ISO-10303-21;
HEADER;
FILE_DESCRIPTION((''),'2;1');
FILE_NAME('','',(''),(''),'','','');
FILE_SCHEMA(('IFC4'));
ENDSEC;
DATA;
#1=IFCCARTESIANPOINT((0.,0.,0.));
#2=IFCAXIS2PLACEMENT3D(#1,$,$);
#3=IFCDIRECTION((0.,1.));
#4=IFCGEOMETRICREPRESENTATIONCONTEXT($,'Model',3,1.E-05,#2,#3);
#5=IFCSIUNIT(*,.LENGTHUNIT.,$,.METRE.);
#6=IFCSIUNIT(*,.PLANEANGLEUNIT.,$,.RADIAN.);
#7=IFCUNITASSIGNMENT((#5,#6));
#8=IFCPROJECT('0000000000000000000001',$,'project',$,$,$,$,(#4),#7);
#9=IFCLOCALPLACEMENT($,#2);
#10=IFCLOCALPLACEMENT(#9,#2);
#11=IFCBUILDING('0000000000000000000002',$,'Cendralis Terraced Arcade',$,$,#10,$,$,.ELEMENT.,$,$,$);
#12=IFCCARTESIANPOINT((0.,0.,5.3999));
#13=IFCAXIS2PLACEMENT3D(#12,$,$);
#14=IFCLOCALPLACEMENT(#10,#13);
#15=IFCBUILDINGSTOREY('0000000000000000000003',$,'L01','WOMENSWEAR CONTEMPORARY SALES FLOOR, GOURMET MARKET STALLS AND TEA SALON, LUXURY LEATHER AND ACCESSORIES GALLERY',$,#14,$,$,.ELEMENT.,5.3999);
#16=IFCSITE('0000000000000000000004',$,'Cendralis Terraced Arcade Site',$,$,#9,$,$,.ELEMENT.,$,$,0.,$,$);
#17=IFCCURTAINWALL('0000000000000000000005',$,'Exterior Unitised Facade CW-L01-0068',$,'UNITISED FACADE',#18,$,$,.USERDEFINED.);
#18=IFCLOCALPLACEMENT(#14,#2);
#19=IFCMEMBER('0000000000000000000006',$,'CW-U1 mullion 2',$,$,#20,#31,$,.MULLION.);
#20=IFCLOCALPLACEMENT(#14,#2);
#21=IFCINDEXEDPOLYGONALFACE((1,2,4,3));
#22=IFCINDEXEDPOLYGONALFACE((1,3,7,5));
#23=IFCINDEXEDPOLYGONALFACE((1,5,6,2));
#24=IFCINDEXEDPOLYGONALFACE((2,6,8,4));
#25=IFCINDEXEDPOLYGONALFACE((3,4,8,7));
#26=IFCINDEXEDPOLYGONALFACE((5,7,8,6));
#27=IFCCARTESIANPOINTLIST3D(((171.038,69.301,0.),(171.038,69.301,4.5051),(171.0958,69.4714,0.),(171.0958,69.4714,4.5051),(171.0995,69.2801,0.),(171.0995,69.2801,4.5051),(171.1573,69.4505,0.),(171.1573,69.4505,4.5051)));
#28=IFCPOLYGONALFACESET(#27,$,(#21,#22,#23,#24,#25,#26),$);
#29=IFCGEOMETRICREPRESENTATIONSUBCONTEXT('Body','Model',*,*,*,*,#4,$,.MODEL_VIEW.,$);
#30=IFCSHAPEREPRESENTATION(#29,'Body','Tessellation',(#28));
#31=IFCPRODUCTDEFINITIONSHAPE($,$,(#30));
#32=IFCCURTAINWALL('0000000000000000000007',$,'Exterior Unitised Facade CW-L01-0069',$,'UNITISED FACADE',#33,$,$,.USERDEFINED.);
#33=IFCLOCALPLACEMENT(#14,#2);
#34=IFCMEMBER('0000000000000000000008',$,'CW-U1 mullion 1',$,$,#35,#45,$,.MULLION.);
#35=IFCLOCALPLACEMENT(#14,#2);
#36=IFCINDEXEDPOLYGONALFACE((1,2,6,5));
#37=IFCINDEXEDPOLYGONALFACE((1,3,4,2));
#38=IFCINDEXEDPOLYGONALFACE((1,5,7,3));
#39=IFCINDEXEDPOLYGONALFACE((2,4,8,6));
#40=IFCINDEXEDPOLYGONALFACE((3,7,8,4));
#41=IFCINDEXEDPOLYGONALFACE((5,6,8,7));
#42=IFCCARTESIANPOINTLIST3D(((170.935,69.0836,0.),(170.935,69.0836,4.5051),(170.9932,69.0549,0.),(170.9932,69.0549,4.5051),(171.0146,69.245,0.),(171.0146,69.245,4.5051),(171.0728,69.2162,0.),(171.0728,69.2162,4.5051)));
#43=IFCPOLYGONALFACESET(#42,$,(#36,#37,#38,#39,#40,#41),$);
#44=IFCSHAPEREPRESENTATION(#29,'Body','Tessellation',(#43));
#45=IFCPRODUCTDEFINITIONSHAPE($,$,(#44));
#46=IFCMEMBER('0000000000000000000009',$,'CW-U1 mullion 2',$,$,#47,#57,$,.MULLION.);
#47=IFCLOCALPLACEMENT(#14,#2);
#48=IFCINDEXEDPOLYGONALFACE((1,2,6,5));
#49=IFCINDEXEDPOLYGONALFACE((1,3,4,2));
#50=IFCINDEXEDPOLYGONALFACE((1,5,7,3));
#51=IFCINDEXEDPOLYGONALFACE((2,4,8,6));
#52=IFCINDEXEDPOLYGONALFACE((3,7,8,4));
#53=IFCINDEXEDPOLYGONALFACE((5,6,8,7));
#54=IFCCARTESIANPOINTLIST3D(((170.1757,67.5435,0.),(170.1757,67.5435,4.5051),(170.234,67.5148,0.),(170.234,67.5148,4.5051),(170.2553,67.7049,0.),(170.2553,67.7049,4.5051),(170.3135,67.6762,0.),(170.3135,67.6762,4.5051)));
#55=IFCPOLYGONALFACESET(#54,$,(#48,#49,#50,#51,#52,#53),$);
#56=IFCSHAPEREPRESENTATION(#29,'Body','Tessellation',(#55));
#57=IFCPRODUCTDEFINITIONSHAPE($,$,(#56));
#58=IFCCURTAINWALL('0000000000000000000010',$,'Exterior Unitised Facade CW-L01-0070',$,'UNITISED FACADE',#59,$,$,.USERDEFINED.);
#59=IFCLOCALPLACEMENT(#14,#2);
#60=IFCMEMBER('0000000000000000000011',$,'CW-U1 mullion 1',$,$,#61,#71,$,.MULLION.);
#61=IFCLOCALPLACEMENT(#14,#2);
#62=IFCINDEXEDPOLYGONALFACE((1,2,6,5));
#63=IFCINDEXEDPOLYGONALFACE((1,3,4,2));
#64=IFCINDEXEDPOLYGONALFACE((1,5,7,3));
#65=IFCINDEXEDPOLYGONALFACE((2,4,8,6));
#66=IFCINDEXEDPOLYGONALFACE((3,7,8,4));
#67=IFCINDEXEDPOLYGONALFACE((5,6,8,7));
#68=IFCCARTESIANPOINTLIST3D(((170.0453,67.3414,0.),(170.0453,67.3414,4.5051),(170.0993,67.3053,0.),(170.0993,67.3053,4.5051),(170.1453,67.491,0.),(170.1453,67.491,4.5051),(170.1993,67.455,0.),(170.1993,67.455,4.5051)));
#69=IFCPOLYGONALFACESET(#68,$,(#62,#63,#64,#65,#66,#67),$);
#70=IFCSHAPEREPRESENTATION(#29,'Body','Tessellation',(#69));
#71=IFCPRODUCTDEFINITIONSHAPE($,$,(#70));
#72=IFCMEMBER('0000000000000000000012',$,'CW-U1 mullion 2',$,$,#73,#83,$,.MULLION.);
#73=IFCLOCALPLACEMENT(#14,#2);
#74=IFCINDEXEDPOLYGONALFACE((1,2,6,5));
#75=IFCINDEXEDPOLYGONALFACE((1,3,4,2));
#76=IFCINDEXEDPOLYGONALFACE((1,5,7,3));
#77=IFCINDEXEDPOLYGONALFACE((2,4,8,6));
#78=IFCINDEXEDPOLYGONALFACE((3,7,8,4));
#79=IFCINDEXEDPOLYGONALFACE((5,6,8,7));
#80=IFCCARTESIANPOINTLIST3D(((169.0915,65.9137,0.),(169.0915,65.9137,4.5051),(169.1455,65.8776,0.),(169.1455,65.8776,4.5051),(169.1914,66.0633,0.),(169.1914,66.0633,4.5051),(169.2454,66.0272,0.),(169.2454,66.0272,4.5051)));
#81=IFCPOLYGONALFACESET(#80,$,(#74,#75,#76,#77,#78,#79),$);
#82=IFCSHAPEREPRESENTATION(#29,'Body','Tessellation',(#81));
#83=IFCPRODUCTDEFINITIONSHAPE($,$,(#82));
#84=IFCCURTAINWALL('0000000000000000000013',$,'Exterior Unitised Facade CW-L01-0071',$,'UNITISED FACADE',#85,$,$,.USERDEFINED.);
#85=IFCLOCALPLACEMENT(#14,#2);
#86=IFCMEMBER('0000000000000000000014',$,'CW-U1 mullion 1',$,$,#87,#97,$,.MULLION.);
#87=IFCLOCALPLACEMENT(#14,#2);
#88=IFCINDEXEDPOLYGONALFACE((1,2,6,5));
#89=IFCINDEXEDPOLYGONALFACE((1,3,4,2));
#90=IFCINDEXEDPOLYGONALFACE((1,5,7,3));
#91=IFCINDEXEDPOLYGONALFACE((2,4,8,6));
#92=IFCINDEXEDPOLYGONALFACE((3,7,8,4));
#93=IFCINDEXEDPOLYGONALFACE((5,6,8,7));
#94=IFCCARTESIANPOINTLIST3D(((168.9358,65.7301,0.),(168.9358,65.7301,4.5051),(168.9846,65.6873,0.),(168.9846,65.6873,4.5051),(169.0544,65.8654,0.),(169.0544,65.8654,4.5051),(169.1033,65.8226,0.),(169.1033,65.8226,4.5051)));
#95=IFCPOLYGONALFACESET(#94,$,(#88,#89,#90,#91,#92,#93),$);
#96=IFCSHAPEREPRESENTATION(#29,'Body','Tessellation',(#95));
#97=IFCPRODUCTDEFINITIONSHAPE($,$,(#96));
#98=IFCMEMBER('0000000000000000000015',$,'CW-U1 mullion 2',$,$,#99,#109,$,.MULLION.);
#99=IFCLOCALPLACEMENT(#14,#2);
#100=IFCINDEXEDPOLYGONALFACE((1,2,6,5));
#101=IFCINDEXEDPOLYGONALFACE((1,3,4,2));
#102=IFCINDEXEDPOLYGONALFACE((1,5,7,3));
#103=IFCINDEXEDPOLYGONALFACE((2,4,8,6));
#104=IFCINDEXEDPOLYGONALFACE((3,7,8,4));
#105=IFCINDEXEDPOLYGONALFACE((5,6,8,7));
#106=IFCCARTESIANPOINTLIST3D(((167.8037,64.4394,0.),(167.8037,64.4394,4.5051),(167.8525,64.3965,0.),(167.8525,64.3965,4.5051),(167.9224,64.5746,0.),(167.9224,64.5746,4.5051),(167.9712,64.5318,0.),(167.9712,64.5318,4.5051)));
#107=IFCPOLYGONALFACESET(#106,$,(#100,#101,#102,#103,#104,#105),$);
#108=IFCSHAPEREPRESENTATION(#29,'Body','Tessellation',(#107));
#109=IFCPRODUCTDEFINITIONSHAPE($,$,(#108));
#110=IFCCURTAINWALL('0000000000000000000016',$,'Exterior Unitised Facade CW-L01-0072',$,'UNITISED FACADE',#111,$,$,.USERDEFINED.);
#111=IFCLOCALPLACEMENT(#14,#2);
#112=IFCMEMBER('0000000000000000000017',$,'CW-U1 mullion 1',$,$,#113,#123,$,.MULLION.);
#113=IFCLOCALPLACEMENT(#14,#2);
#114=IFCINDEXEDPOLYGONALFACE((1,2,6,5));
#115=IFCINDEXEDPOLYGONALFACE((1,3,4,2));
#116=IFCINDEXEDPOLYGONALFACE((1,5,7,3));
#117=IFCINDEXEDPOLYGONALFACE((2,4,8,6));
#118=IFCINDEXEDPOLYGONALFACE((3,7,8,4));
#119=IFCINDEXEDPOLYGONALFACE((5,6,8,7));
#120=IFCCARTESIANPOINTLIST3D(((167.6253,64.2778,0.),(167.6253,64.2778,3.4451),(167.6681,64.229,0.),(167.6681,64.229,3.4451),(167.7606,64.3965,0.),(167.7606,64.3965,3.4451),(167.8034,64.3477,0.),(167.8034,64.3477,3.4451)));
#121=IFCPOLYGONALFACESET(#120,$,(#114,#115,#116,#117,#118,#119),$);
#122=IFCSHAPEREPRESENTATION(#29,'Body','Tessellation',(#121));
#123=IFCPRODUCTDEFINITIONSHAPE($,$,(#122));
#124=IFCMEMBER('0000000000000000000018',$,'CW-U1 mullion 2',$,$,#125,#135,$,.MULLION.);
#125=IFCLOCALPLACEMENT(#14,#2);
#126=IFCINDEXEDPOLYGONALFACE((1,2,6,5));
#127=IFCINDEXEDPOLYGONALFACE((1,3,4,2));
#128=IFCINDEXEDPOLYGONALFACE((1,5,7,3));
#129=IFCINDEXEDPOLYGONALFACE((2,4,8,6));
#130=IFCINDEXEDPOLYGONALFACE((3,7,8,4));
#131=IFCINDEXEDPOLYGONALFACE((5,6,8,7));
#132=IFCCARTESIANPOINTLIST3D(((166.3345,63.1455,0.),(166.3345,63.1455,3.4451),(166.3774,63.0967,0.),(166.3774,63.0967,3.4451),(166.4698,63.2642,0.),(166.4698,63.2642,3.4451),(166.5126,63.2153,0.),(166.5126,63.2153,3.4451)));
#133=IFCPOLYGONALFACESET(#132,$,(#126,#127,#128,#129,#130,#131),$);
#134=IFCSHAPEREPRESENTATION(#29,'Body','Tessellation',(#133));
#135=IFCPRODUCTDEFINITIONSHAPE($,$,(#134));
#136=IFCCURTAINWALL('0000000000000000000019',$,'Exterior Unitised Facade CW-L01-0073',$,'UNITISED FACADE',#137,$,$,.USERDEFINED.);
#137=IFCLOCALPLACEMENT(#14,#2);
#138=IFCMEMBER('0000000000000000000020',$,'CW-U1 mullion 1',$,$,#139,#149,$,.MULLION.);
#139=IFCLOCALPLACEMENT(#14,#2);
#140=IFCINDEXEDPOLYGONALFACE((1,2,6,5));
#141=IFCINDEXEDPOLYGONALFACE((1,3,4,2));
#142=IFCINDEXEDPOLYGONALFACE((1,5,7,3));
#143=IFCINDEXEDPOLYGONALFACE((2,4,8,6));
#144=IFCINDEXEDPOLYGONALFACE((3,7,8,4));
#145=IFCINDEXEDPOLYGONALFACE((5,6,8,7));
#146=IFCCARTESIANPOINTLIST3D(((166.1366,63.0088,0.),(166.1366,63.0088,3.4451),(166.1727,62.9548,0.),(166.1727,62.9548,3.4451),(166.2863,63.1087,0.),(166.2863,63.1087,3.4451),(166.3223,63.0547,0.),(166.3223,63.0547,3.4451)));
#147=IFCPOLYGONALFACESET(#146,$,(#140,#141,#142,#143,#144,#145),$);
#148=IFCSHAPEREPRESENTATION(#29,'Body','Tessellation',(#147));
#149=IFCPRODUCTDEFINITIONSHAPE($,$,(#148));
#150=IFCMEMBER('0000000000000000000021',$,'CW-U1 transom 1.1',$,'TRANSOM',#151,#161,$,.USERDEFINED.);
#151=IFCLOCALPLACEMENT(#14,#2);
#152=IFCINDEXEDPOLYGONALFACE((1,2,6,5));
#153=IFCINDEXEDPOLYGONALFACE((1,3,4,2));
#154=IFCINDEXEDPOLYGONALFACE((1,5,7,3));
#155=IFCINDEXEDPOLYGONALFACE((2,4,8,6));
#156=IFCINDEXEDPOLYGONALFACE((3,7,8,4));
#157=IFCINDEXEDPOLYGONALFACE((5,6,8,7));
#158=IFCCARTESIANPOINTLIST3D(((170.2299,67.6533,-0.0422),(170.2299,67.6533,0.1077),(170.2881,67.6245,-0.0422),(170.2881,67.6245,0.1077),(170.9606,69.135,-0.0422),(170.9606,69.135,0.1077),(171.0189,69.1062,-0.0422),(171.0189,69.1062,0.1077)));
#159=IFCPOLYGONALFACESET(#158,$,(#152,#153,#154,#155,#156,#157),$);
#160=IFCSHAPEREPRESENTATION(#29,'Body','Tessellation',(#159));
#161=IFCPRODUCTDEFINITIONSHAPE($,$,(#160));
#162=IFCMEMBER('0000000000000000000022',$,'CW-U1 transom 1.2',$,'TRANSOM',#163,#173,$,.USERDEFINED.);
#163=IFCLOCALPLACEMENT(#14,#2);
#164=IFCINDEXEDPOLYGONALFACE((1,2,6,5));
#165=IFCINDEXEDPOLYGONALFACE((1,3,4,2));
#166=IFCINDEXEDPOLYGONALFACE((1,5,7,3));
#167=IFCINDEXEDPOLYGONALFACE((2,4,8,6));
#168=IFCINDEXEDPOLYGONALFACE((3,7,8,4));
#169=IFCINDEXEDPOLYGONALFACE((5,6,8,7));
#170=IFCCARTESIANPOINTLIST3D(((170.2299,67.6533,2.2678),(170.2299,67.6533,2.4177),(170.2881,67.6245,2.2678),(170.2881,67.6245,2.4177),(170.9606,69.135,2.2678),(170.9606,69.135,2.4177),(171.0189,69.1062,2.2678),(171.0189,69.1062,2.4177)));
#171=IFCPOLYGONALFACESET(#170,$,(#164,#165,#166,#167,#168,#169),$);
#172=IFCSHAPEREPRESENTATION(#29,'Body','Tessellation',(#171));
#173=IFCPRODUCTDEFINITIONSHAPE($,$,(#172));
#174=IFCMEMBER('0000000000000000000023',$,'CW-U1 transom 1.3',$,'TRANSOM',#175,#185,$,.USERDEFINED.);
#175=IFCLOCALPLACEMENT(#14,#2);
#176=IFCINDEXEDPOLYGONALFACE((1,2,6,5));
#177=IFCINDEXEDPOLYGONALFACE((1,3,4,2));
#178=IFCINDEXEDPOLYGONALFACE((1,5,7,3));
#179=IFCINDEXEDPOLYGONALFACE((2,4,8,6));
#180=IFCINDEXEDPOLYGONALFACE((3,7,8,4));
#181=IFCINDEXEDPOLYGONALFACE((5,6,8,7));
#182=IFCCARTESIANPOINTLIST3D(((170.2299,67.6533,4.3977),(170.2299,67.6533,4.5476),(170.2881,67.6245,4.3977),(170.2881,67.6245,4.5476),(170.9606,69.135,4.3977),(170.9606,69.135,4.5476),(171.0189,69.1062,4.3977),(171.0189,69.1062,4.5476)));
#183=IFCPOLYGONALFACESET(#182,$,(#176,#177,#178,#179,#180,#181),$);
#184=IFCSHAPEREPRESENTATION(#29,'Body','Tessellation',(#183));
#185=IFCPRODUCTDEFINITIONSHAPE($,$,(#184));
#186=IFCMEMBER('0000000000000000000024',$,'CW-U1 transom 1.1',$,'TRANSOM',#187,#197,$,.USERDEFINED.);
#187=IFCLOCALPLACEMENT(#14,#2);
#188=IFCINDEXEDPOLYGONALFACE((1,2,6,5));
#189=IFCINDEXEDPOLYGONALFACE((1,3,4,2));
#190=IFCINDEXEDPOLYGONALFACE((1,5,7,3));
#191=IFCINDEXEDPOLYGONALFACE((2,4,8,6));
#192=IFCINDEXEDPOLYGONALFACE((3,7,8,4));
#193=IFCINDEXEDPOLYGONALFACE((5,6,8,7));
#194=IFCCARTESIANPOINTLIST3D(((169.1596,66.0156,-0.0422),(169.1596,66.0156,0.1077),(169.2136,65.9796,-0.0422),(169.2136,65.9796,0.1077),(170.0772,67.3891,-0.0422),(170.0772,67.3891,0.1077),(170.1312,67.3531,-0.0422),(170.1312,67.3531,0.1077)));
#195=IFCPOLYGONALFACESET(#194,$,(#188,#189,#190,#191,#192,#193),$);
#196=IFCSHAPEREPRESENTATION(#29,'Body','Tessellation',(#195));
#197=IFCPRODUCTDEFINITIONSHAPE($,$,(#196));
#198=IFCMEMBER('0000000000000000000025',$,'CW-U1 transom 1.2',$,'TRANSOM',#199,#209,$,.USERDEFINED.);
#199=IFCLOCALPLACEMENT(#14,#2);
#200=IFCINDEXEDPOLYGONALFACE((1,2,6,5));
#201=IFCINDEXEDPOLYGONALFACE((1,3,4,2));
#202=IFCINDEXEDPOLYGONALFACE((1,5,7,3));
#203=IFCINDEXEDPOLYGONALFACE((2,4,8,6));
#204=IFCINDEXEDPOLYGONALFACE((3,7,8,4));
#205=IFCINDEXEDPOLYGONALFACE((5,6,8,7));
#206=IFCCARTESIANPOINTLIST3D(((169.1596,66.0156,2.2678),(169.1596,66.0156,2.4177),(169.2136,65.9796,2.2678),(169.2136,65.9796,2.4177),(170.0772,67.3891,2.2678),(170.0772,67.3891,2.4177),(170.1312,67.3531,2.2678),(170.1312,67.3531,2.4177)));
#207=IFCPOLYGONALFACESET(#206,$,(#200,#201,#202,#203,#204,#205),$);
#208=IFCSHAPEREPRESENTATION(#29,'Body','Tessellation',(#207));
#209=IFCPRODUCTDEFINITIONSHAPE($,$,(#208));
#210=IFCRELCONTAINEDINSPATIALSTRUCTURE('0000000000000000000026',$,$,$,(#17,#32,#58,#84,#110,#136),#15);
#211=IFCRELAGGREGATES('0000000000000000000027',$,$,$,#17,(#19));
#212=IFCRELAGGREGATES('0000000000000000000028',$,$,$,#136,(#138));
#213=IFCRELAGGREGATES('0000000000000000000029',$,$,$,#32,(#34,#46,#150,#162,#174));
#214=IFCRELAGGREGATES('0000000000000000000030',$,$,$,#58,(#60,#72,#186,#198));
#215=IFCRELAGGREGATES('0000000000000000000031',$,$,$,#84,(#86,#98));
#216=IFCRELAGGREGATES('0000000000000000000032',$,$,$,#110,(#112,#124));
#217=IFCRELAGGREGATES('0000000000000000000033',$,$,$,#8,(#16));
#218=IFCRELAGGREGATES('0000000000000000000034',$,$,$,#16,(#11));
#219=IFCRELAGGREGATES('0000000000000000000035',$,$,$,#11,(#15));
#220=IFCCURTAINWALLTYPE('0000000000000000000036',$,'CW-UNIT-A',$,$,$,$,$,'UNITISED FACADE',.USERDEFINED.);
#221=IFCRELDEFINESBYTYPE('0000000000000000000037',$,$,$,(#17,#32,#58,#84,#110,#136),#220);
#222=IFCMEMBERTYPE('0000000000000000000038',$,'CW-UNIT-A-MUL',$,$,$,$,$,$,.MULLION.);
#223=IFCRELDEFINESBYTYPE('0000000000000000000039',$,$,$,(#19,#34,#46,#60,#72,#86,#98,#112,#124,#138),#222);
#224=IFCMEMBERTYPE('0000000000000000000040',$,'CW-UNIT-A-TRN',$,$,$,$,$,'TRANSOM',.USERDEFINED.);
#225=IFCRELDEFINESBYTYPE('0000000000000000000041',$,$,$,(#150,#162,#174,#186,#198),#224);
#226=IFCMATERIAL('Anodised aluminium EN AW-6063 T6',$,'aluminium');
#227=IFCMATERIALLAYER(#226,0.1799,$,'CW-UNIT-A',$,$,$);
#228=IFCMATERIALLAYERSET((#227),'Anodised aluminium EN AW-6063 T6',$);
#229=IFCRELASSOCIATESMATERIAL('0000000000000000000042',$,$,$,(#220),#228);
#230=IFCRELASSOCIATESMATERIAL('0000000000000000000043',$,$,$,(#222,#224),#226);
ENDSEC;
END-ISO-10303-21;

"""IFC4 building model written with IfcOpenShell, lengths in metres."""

from ifc_helpers import new_model, si_unit, direction, frame, origin, origin_2d, place, context, subcontext, project, spatial, rectangle, extrude, material, layer, layer_set, material_profile, profile_set, type_object, element, aggregate, save


model = new_model("IFC4")

# Units and contexts
model_context = context("Model", 3, precision=1e-05, world=origin(), true_north=direction((0.0, 1.0)))
body_context = subcontext(model_context, "Body", "Model", "MODEL_VIEW")
ifc_project = project(units=[si_unit("LENGTHUNIT", "METRE"), si_unit("PLANEANGLEUNIT", "RADIAN")], contexts=[model_context])

# Site, building, storey
site_placement = place(None, origin())
site = spatial("IfcSite", under=ifc_project, at=site_placement, Name="Cendralis Terraced Arcade Site", CompositionType="ELEMENT", RefElevation=0.0)
building_placement = place(site_placement, origin())
building = spatial("IfcBuilding", under=site, at=building_placement, Name="Cendralis Terraced Arcade", CompositionType="ELEMENT")
storey_placement = place(building_placement, frame((0.0, 0.0, 5.3999)))
storey = spatial("IfcBuildingStorey", under=building, at=storey_placement, Name="L01", Description="WOMENSWEAR CONTEMPORARY SALES FLOOR, GOURMET MARKET STALLS AND TEA SALON, LUXURY LEATHER AND ACCESSORIES GALLERY", CompositionType="ELEMENT", Elevation=5.3999)

# Curtain wall, member
ifc_material_1 = material(Name="Anodised aluminium EN AW-6063 T6", Category="aluminium")
ifc_layer_1 = layer(ifc_material_1, 0.1799, Name="CW-UNIT-A")
ifc_layer_set_1 = layer_set([ifc_layer_1], Name="Anodised aluminium EN AW-6063 T6")
curtain_wall_type = type_object("IfcCurtainWallType", Name="CW-UNIT-A", ElementType="UNITISED FACADE", PredefinedType="USERDEFINED", material=ifc_layer_set_1)
curtain_wall_1_placement = place(storey_placement, origin())
curtain_wall_1 = element("IfcCurtainWall", 1, at=curtain_wall_1_placement, inside=storey, type_object=curtain_wall_type, Name="Exterior Unitised Facade CW-L01-0068", ObjectType="UNITISED FACADE", PredefinedType="USERDEFINED")
ifc_material_profile_1 = material_profile(ifc_material_1, rectangle(XDim=0.0649, YDim=0.1799, at=origin_2d()), Name="ALU-MUL-65x180")
ifc_profile_set_1 = profile_set([ifc_material_profile_1], Name="Anodised aluminium EN AW-6063 T6")
member_type_1 = type_object("IfcMemberType", Name="CW-UNIT-A-MUL", PredefinedType="MULLION", material=ifc_profile_set_1)
member_1_placement = place(storey_placement, frame((171.0977, 69.3757, 0.0), z_axis=(0.0, 0.0, 1.0), x_axis=(0.946924, -0.321458, 0.0)))
member_1 = element("IfcMember", 2, at=member_1_placement, type_object=member_type_1, Name="CW-U1 mullion 2", PredefinedType="MULLION", context=body_context, shape_type="SweptSolid", body=[
    extrude(rectangle(XDim=0.0649, YDim=0.1799, at=origin_2d()), origin(), (0.0, 0.0, 1.0), 4.5051),
])
aggregate(curtain_wall_1, [member_1])

# Curtain walls, members
curtain_wall_2_placement = place(storey_placement, origin())
curtain_wall_2 = element("IfcCurtainWall", 3, at=curtain_wall_2_placement, inside=storey, type_object=curtain_wall_type, Name="Exterior Unitised Facade CW-L01-0069", ObjectType="UNITISED FACADE", PredefinedType="USERDEFINED")
member_2_placement = place(storey_placement, frame((171.0039, 69.1499, 0.0), z_axis=(0.0, 0.0, 1.0), x_axis=(0.896871, -0.442291, 0.0)))
member_2 = element("IfcMember", 4, at=member_2_placement, type_object=member_type_1, Name="CW-U1 mullion 1", PredefinedType="MULLION", context=body_context, shape_type="SweptSolid", body=[
    extrude(rectangle(XDim=0.0649, YDim=0.1799, at=origin_2d()), origin(), (0.0, 0.0, 1.0), 4.5051),
])
member_3_placement = place(storey_placement, frame((170.2446, 67.6099, 0.0), z_axis=(0.0, 0.0, 1.0), x_axis=(0.896871, -0.442291, 0.0)))
member_3 = element("IfcMember", 5, at=member_3_placement, type_object=member_type_1, Name="CW-U1 mullion 2", PredefinedType="MULLION", context=body_context, shape_type="SweptSolid", body=[
    extrude(rectangle(XDim=0.0649, YDim=0.1799, at=origin_2d()), origin(), (0.0, 0.0, 1.0), 4.5051),
])
curtain_wall_3_placement = place(storey_placement, origin())
curtain_wall_3 = element("IfcCurtainWall", 6, at=curtain_wall_3_placement, inside=storey, type_object=curtain_wall_type, Name="Exterior Unitised Facade CW-L01-0070", ObjectType="UNITISED FACADE", PredefinedType="USERDEFINED")
member_4_placement = place(storey_placement, frame((170.1223, 67.3982, 0.0), z_axis=(0.0, 0.0, 1.0), x_axis=(0.831471, -0.555567, 0.0)))
member_4 = element("IfcMember", 7, at=member_4_placement, type_object=member_type_1, Name="CW-U1 mullion 1", PredefinedType="MULLION", context=body_context, shape_type="SweptSolid", body=[
    extrude(rectangle(XDim=0.0649, YDim=0.1799, at=origin_2d()), origin(), (0.0, 0.0, 1.0), 4.5051),
])
member_5_placement = place(storey_placement, frame((169.1685, 65.9705, 0.0), z_axis=(0.0, 0.0, 1.0), x_axis=(0.831471, -0.555567, 0.0)))
member_5 = element("IfcMember", 8, at=member_5_placement, type_object=member_type_1, Name="CW-U1 mullion 2", PredefinedType="MULLION", context=body_context, shape_type="SweptSolid", body=[
    extrude(rectangle(XDim=0.0649, YDim=0.1799, at=origin_2d()), origin(), (0.0, 0.0, 1.0), 4.5051),
])
curtain_wall_4_placement = place(storey_placement, origin())
curtain_wall_4 = element("IfcCurtainWall", 9, at=curtain_wall_4_placement, inside=storey, type_object=curtain_wall_type, Name="Exterior Unitised Facade CW-L01-0071", ObjectType="UNITISED FACADE", PredefinedType="USERDEFINED")
member_6_placement = place(storey_placement, frame((169.0195, 65.7764, 0.0), z_axis=(0.0, 0.0, 1.0), x_axis=(0.751804, -0.659386, 0.0)))
member_6 = element("IfcMember", 10, at=member_6_placement, type_object=member_type_1, Name="CW-U1 mullion 1", PredefinedType="MULLION", context=body_context, shape_type="SweptSolid", body=[
    extrude(rectangle(XDim=0.0649, YDim=0.1799, at=origin_2d()), origin(), (0.0, 0.0, 1.0), 4.5051),
])
member_7_placement = place(storey_placement, frame((167.8875, 64.4856, 0.0), z_axis=(0.0, 0.0, 1.0), x_axis=(0.751804, -0.659386, 0.0)))
member_7 = element("IfcMember", 11, at=member_7_placement, type_object=member_type_1, Name="CW-U1 mullion 2", PredefinedType="MULLION", context=body_context, shape_type="SweptSolid", body=[
    extrude(rectangle(XDim=0.0649, YDim=0.1799, at=origin_2d()), origin(), (0.0, 0.0, 1.0), 4.5051),
])
curtain_wall_5_placement = place(storey_placement, origin())
curtain_wall_5 = element("IfcCurtainWall", 12, at=curtain_wall_5_placement, inside=storey, type_object=curtain_wall_type, Name="Exterior Unitised Facade CW-L01-0072", ObjectType="UNITISED FACADE", PredefinedType="USERDEFINED")
member_8_placement = place(storey_placement, frame((167.7144, 64.3127, 0.0), z_axis=(0.0, 0.0, 1.0), x_axis=(0.659386, -0.751804, 0.0)))
member_8 = element("IfcMember", 13, at=member_8_placement, type_object=member_type_1, Name="CW-U1 mullion 1", PredefinedType="MULLION", context=body_context, shape_type="SweptSolid", body=[
    extrude(rectangle(XDim=0.0649, YDim=0.1799, at=origin_2d()), origin(), (0.0, 0.0, 1.0), 3.4451),
])
member_9_placement = place(storey_placement, frame((166.4236, 63.1804, 0.0), z_axis=(0.0, 0.0, 1.0), x_axis=(0.659386, -0.751804, 0.0)))
member_9 = element("IfcMember", 14, at=member_9_placement, type_object=member_type_1, Name="CW-U1 mullion 2", PredefinedType="MULLION", context=body_context, shape_type="SweptSolid", body=[
    extrude(rectangle(XDim=0.0649, YDim=0.1799, at=origin_2d()), origin(), (0.0, 0.0, 1.0), 3.4451),
])

# Curtain wall, member
curtain_wall_6_placement = place(storey_placement, origin())
curtain_wall_6 = element("IfcCurtainWall", 15, at=curtain_wall_6_placement, inside=storey, type_object=curtain_wall_type, Name="Exterior Unitised Facade CW-L01-0073", ObjectType="UNITISED FACADE", PredefinedType="USERDEFINED")
member_10_placement = place(storey_placement, frame((166.2295, 63.0317, 0.0), z_axis=(0.0, 0.0, 1.0), x_axis=(0.555567, -0.831471, 0.0)))
member_10 = element("IfcMember", 16, at=member_10_placement, type_object=member_type_1, Name="CW-U1 mullion 1", PredefinedType="MULLION", context=body_context, shape_type="SweptSolid", body=[
    extrude(rectangle(XDim=0.0649, YDim=0.1799, at=origin_2d()), origin(), (0.0, 0.0, 1.0), 3.4451),
])

# Members
ifc_material_profile_2 = material_profile(ifc_material_1, rectangle(XDim=0.0649, YDim=0.1499, at=origin_2d()), Name="ALU-TRN-65x150")
ifc_profile_set_2 = profile_set([ifc_material_profile_2], Name="Anodised aluminium EN AW-6063 T6")
member_type_2 = type_object("IfcMemberType", Name="CW-UNIT-A-TRN", ElementType="TRANSOM", PredefinedType="USERDEFINED", material=ifc_profile_set_2)
member_11_placement = place(storey_placement, frame((170.9897, 69.1206, 0.0327), z_axis=(-0.442301, -0.896867, 0.0), x_axis=(0.896867, -0.442301, 0.0)))
member_11 = element("IfcMember", 17, at=member_11_placement, type_object=member_type_2, Name="CW-U1 transom 1.1", ObjectType="TRANSOM", PredefinedType="USERDEFINED", context=body_context, shape_type="SweptSolid", body=[
    extrude(rectangle(XDim=0.0649, YDim=0.1499, at=origin_2d()), origin(), (0.0, 0.0, 1.0), 1.6521),
])
member_12_placement = place(storey_placement, frame((170.9897, 69.1206, 2.3428), z_axis=(-0.442301, -0.896867, 0.0), x_axis=(0.896867, -0.442301, 0.0)))
member_12 = element("IfcMember", 18, at=member_12_placement, type_object=member_type_2, Name="CW-U1 transom 1.2", ObjectType="TRANSOM", PredefinedType="USERDEFINED", context=body_context, shape_type="SweptSolid", body=[
    extrude(rectangle(XDim=0.0649, YDim=0.1499, at=origin_2d()), origin(), (0.0, 0.0, 1.0), 1.6521),
])
member_13_placement = place(storey_placement, frame((170.9897, 69.1206, 4.4727), z_axis=(-0.442301, -0.896867, 0.0), x_axis=(0.896867, -0.442301, 0.0)))
member_13 = element("IfcMember", 19, at=member_13_placement, type_object=member_type_2, Name="CW-U1 transom 1.3", ObjectType="TRANSOM", PredefinedType="USERDEFINED", context=body_context, shape_type="SweptSolid", body=[
    extrude(rectangle(XDim=0.0649, YDim=0.1499, at=origin_2d()), origin(), (0.0, 0.0, 1.0), 1.6521),
])
member_14_placement = place(storey_placement, frame((170.1042, 67.3711, 0.0327), z_axis=(-0.555553, -0.831481, 0.0), x_axis=(0.831481, -0.555553, 0.0)))
member_14 = element("IfcMember", 20, at=member_14_placement, type_object=member_type_2, Name="CW-U1 transom 1.1", ObjectType="TRANSOM", PredefinedType="USERDEFINED", context=body_context, shape_type="SweptSolid", body=[
    extrude(rectangle(XDim=0.0649, YDim=0.1499, at=origin_2d()), origin(), (0.0, 0.0, 1.0), 1.6519),
])
member_15_placement = place(storey_placement, frame((170.1042, 67.3711, 2.3428), z_axis=(-0.555553, -0.831481, 0.0), x_axis=(0.831481, -0.555553, 0.0)))
member_15 = element("IfcMember", 21, at=member_15_placement, type_object=member_type_2, Name="CW-U1 transom 1.2", ObjectType="TRANSOM", PredefinedType="USERDEFINED", context=body_context, shape_type="SweptSolid", body=[
    extrude(rectangle(XDim=0.0649, YDim=0.1499, at=origin_2d()), origin(), (0.0, 0.0, 1.0), 1.6519),
])
aggregate(curtain_wall_6, [member_10])

aggregate(curtain_wall_2, [member_2, member_3, member_11, member_12, member_13])
aggregate(curtain_wall_3, [member_4, member_5, member_14, member_15])
aggregate(curtain_wall_4, [member_6, member_7])
aggregate(curtain_wall_5, [member_8, member_9])

save(model, "model.ifc")
